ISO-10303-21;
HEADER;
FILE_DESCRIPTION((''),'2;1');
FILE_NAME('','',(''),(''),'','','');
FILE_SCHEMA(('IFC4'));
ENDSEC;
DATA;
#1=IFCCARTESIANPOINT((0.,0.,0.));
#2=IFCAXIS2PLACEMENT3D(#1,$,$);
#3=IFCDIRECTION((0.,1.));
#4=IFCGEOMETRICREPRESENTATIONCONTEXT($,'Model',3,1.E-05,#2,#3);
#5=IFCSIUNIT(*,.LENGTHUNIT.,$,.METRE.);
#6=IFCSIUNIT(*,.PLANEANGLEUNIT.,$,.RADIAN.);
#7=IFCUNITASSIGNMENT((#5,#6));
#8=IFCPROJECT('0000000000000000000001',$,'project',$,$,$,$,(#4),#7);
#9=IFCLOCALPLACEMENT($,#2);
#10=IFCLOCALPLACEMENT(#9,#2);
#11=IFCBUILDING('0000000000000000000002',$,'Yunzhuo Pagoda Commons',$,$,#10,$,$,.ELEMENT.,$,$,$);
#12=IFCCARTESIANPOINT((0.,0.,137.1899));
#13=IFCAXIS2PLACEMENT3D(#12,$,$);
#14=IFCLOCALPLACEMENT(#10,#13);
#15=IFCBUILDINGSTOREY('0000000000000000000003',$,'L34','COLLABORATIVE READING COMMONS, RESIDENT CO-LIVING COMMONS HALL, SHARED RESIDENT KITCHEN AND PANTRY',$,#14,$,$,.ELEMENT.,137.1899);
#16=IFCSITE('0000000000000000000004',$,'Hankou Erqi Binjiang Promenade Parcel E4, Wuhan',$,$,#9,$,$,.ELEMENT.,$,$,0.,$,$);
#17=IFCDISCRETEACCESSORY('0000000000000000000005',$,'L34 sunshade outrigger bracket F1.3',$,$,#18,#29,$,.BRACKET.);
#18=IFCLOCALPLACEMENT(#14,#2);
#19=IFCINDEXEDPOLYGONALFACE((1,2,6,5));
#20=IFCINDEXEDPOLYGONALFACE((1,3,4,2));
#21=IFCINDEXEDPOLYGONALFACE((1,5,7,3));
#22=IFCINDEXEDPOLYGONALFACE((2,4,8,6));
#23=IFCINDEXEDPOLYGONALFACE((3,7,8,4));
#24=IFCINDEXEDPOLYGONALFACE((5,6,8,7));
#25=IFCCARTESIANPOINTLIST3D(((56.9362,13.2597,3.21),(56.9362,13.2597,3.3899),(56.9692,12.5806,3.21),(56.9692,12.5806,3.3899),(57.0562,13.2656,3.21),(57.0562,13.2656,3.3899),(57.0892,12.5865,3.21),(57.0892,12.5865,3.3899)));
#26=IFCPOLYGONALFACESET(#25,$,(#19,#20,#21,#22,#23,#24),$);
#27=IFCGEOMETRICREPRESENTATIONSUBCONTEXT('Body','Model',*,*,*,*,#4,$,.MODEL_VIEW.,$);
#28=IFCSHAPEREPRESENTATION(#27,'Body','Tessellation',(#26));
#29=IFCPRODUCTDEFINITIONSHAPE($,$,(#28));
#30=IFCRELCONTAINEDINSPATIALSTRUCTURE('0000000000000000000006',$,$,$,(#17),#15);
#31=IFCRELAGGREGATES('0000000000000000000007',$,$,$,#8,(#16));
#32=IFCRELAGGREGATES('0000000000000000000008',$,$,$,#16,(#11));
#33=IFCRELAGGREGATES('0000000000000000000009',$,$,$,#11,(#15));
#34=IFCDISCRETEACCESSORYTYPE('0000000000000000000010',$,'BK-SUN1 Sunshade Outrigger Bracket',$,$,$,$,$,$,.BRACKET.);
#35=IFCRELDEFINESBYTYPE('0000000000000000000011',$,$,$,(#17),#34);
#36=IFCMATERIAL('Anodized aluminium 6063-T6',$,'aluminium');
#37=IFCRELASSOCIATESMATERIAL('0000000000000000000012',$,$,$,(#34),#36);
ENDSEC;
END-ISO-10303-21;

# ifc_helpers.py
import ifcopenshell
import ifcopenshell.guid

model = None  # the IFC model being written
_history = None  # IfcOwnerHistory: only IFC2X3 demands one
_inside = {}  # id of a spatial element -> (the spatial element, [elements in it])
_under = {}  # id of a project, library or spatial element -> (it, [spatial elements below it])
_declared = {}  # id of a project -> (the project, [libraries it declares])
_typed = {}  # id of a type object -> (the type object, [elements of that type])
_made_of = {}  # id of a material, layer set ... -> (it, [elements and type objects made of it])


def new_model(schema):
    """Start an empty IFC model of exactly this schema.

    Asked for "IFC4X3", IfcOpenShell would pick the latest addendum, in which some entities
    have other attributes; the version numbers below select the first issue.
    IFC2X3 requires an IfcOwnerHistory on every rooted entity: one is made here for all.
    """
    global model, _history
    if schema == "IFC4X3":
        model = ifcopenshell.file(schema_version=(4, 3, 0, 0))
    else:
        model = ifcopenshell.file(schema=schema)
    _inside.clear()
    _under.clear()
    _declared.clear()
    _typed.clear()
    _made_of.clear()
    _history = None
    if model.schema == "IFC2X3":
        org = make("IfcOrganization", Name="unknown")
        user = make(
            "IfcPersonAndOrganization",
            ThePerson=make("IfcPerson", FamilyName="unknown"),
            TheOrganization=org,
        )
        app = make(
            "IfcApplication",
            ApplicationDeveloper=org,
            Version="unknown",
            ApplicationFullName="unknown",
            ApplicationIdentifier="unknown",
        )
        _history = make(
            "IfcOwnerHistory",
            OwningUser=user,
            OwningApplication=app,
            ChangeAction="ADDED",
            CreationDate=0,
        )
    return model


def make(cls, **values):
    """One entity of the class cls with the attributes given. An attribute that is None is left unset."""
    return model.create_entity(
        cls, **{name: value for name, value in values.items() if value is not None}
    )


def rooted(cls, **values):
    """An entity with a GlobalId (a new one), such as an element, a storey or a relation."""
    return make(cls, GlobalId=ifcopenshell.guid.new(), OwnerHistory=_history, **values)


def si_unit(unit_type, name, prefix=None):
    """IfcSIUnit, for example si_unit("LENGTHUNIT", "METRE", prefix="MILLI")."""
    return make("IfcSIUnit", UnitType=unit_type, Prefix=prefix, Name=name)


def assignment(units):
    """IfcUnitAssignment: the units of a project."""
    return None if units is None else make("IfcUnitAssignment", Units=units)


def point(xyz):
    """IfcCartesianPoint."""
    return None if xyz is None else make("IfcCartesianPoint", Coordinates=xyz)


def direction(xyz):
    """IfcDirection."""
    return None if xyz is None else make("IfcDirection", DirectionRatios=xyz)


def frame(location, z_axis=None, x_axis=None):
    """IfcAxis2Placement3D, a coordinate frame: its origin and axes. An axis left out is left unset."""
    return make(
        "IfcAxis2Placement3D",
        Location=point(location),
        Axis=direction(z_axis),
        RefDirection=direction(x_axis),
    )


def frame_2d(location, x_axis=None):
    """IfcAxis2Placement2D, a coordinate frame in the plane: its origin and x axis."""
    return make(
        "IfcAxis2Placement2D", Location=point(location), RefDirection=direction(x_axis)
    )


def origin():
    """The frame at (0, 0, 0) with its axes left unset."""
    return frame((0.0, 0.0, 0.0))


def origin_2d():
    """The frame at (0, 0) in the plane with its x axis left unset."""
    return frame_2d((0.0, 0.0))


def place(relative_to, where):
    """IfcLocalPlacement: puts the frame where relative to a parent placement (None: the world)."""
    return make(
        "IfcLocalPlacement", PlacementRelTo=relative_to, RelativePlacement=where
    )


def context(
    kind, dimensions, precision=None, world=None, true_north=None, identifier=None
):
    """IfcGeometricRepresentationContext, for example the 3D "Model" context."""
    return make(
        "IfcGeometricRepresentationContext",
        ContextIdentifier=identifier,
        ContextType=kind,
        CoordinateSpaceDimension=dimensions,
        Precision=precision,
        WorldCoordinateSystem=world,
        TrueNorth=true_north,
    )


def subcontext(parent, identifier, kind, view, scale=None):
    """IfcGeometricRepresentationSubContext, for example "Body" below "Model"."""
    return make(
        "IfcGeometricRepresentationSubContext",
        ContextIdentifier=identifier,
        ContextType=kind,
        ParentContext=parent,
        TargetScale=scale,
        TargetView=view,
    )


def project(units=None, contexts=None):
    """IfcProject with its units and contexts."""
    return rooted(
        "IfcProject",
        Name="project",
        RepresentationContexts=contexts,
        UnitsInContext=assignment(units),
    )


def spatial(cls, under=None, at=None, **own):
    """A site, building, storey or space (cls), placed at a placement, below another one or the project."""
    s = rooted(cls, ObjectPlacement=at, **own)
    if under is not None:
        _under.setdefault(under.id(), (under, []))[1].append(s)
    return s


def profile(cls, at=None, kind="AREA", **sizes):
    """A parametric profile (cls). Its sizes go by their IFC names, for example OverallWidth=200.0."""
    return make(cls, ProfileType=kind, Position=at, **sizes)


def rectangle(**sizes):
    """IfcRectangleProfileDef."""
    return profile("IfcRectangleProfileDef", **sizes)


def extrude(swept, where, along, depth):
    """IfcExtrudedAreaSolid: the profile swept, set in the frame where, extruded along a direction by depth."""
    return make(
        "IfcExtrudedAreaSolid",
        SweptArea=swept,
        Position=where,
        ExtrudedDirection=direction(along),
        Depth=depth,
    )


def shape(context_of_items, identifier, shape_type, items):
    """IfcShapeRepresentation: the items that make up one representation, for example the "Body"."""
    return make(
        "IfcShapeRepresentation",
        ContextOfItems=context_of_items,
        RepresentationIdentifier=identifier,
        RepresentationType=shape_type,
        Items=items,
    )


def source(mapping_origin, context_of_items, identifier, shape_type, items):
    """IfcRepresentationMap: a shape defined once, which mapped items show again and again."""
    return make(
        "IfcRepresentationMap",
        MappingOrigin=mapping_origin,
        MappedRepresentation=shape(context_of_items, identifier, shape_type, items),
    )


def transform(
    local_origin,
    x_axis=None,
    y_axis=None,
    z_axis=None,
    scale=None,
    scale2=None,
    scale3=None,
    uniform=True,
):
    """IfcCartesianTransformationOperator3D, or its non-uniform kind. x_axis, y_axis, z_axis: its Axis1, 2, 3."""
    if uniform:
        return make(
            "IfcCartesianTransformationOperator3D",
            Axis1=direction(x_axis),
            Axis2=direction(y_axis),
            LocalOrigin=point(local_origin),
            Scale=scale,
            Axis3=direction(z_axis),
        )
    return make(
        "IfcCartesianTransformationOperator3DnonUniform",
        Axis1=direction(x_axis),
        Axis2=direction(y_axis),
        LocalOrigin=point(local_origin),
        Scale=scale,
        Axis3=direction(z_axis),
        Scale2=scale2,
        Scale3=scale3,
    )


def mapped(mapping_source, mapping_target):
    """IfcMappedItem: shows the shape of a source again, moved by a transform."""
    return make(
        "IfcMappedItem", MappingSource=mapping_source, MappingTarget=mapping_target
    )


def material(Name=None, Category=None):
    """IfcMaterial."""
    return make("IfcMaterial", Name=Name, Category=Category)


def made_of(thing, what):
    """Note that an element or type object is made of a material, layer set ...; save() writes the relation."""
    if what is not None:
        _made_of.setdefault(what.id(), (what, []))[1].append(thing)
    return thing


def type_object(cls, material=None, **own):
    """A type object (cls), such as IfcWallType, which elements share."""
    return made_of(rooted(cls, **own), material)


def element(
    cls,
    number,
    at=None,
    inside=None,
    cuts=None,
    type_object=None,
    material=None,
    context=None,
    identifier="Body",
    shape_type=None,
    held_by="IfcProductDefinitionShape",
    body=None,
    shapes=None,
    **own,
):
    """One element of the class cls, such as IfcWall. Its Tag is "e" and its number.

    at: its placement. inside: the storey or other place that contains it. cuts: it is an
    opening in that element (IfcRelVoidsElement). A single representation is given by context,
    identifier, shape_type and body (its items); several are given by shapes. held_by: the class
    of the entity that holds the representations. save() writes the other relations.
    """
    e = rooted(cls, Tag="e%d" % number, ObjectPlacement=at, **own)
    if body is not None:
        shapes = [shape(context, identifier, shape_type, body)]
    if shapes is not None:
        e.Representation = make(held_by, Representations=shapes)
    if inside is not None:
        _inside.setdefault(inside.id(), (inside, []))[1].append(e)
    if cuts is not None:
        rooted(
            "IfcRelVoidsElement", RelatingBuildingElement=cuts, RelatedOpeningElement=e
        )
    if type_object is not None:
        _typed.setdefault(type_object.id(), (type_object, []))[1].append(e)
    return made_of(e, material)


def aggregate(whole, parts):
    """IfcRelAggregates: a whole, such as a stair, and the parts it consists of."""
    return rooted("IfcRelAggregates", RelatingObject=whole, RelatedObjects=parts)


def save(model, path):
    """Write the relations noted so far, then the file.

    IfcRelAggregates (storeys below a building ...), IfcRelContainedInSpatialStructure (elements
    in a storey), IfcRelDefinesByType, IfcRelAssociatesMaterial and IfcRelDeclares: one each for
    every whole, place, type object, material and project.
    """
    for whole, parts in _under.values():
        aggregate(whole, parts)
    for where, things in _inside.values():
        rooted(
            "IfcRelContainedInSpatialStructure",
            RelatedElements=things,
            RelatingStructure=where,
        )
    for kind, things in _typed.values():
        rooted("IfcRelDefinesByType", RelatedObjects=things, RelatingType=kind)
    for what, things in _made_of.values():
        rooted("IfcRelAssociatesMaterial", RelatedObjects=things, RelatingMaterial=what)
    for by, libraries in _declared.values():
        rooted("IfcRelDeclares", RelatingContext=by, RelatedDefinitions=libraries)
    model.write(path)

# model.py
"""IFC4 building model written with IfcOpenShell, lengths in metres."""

from ifc_helpers import new_model, si_unit, direction, frame, origin, origin_2d, place, context, subcontext, project, spatial, rectangle, extrude, source, transform, mapped, material, type_object, element, save


model = new_model("IFC4")

# Units and contexts
model_context = context("Model", 3, precision=1e-05, world=origin(), true_north=direction((0.0, 1.0)))
body_context = subcontext(model_context, "Body", "Model", "MODEL_VIEW")
ifc_project = project(units=[si_unit("LENGTHUNIT", "METRE"), si_unit("PLANEANGLEUNIT", "RADIAN")], contexts=[model_context])

# Site, building, storey
site_placement = place(None, origin())
site = spatial("IfcSite", under=ifc_project, at=site_placement, Name="Hankou Erqi Binjiang Promenade Parcel E4, Wuhan", CompositionType="ELEMENT", RefElevation=0.0)
building_placement = place(site_placement, origin())
building = spatial("IfcBuilding", under=site, at=building_placement, Name="Yunzhuo Pagoda Commons", CompositionType="ELEMENT")
storey_placement = place(building_placement, frame((0.0, 0.0, 137.1899)))
storey = spatial("IfcBuildingStorey", under=building, at=storey_placement, Name="L34", Description="COLLABORATIVE READING COMMONS, RESIDENT CO-LIVING COMMONS HALL, SHARED RESIDENT KITCHEN AND PANTRY", CompositionType="ELEMENT", Elevation=137.1899)

# Shared definitions
ifc_material_1 = material(Name="Anodized aluminium 6063-T6", Category="aluminium")

# Discrete accessory
discrete_accessory_type = type_object("IfcDiscreteAccessoryType", Name="BK-SUN1 Sunshade Outrigger Bracket", PredefinedType="BRACKET", material=ifc_material_1)
shared_shape_1 = source(origin(), body_context, "Body", "SweptSolid", [
    extrude(rectangle(XDim=0.1201, YDim=0.6799, at=origin_2d()), origin(), (0.0, 0.0, 1.0), 0.1799),
])
discrete_accessory_placement = place(storey_placement, frame((57.0127, 12.9231, 3.21), z_axis=(0.0, 0.0, 1.0), x_axis=(0.998818, 0.048606, 0.0)))
element("IfcDiscreteAccessory", 1, at=discrete_accessory_placement, inside=storey, type_object=discrete_accessory_type, Name="L34 sunshade outrigger bracket F1.3", PredefinedType="BRACKET", context=body_context, shape_type="MappedRepresentation", body=[
    mapped(shared_shape_1, transform((0.0, 0.0, 0.0), scale=1.0)),
])

save(model, "model.ifc")
